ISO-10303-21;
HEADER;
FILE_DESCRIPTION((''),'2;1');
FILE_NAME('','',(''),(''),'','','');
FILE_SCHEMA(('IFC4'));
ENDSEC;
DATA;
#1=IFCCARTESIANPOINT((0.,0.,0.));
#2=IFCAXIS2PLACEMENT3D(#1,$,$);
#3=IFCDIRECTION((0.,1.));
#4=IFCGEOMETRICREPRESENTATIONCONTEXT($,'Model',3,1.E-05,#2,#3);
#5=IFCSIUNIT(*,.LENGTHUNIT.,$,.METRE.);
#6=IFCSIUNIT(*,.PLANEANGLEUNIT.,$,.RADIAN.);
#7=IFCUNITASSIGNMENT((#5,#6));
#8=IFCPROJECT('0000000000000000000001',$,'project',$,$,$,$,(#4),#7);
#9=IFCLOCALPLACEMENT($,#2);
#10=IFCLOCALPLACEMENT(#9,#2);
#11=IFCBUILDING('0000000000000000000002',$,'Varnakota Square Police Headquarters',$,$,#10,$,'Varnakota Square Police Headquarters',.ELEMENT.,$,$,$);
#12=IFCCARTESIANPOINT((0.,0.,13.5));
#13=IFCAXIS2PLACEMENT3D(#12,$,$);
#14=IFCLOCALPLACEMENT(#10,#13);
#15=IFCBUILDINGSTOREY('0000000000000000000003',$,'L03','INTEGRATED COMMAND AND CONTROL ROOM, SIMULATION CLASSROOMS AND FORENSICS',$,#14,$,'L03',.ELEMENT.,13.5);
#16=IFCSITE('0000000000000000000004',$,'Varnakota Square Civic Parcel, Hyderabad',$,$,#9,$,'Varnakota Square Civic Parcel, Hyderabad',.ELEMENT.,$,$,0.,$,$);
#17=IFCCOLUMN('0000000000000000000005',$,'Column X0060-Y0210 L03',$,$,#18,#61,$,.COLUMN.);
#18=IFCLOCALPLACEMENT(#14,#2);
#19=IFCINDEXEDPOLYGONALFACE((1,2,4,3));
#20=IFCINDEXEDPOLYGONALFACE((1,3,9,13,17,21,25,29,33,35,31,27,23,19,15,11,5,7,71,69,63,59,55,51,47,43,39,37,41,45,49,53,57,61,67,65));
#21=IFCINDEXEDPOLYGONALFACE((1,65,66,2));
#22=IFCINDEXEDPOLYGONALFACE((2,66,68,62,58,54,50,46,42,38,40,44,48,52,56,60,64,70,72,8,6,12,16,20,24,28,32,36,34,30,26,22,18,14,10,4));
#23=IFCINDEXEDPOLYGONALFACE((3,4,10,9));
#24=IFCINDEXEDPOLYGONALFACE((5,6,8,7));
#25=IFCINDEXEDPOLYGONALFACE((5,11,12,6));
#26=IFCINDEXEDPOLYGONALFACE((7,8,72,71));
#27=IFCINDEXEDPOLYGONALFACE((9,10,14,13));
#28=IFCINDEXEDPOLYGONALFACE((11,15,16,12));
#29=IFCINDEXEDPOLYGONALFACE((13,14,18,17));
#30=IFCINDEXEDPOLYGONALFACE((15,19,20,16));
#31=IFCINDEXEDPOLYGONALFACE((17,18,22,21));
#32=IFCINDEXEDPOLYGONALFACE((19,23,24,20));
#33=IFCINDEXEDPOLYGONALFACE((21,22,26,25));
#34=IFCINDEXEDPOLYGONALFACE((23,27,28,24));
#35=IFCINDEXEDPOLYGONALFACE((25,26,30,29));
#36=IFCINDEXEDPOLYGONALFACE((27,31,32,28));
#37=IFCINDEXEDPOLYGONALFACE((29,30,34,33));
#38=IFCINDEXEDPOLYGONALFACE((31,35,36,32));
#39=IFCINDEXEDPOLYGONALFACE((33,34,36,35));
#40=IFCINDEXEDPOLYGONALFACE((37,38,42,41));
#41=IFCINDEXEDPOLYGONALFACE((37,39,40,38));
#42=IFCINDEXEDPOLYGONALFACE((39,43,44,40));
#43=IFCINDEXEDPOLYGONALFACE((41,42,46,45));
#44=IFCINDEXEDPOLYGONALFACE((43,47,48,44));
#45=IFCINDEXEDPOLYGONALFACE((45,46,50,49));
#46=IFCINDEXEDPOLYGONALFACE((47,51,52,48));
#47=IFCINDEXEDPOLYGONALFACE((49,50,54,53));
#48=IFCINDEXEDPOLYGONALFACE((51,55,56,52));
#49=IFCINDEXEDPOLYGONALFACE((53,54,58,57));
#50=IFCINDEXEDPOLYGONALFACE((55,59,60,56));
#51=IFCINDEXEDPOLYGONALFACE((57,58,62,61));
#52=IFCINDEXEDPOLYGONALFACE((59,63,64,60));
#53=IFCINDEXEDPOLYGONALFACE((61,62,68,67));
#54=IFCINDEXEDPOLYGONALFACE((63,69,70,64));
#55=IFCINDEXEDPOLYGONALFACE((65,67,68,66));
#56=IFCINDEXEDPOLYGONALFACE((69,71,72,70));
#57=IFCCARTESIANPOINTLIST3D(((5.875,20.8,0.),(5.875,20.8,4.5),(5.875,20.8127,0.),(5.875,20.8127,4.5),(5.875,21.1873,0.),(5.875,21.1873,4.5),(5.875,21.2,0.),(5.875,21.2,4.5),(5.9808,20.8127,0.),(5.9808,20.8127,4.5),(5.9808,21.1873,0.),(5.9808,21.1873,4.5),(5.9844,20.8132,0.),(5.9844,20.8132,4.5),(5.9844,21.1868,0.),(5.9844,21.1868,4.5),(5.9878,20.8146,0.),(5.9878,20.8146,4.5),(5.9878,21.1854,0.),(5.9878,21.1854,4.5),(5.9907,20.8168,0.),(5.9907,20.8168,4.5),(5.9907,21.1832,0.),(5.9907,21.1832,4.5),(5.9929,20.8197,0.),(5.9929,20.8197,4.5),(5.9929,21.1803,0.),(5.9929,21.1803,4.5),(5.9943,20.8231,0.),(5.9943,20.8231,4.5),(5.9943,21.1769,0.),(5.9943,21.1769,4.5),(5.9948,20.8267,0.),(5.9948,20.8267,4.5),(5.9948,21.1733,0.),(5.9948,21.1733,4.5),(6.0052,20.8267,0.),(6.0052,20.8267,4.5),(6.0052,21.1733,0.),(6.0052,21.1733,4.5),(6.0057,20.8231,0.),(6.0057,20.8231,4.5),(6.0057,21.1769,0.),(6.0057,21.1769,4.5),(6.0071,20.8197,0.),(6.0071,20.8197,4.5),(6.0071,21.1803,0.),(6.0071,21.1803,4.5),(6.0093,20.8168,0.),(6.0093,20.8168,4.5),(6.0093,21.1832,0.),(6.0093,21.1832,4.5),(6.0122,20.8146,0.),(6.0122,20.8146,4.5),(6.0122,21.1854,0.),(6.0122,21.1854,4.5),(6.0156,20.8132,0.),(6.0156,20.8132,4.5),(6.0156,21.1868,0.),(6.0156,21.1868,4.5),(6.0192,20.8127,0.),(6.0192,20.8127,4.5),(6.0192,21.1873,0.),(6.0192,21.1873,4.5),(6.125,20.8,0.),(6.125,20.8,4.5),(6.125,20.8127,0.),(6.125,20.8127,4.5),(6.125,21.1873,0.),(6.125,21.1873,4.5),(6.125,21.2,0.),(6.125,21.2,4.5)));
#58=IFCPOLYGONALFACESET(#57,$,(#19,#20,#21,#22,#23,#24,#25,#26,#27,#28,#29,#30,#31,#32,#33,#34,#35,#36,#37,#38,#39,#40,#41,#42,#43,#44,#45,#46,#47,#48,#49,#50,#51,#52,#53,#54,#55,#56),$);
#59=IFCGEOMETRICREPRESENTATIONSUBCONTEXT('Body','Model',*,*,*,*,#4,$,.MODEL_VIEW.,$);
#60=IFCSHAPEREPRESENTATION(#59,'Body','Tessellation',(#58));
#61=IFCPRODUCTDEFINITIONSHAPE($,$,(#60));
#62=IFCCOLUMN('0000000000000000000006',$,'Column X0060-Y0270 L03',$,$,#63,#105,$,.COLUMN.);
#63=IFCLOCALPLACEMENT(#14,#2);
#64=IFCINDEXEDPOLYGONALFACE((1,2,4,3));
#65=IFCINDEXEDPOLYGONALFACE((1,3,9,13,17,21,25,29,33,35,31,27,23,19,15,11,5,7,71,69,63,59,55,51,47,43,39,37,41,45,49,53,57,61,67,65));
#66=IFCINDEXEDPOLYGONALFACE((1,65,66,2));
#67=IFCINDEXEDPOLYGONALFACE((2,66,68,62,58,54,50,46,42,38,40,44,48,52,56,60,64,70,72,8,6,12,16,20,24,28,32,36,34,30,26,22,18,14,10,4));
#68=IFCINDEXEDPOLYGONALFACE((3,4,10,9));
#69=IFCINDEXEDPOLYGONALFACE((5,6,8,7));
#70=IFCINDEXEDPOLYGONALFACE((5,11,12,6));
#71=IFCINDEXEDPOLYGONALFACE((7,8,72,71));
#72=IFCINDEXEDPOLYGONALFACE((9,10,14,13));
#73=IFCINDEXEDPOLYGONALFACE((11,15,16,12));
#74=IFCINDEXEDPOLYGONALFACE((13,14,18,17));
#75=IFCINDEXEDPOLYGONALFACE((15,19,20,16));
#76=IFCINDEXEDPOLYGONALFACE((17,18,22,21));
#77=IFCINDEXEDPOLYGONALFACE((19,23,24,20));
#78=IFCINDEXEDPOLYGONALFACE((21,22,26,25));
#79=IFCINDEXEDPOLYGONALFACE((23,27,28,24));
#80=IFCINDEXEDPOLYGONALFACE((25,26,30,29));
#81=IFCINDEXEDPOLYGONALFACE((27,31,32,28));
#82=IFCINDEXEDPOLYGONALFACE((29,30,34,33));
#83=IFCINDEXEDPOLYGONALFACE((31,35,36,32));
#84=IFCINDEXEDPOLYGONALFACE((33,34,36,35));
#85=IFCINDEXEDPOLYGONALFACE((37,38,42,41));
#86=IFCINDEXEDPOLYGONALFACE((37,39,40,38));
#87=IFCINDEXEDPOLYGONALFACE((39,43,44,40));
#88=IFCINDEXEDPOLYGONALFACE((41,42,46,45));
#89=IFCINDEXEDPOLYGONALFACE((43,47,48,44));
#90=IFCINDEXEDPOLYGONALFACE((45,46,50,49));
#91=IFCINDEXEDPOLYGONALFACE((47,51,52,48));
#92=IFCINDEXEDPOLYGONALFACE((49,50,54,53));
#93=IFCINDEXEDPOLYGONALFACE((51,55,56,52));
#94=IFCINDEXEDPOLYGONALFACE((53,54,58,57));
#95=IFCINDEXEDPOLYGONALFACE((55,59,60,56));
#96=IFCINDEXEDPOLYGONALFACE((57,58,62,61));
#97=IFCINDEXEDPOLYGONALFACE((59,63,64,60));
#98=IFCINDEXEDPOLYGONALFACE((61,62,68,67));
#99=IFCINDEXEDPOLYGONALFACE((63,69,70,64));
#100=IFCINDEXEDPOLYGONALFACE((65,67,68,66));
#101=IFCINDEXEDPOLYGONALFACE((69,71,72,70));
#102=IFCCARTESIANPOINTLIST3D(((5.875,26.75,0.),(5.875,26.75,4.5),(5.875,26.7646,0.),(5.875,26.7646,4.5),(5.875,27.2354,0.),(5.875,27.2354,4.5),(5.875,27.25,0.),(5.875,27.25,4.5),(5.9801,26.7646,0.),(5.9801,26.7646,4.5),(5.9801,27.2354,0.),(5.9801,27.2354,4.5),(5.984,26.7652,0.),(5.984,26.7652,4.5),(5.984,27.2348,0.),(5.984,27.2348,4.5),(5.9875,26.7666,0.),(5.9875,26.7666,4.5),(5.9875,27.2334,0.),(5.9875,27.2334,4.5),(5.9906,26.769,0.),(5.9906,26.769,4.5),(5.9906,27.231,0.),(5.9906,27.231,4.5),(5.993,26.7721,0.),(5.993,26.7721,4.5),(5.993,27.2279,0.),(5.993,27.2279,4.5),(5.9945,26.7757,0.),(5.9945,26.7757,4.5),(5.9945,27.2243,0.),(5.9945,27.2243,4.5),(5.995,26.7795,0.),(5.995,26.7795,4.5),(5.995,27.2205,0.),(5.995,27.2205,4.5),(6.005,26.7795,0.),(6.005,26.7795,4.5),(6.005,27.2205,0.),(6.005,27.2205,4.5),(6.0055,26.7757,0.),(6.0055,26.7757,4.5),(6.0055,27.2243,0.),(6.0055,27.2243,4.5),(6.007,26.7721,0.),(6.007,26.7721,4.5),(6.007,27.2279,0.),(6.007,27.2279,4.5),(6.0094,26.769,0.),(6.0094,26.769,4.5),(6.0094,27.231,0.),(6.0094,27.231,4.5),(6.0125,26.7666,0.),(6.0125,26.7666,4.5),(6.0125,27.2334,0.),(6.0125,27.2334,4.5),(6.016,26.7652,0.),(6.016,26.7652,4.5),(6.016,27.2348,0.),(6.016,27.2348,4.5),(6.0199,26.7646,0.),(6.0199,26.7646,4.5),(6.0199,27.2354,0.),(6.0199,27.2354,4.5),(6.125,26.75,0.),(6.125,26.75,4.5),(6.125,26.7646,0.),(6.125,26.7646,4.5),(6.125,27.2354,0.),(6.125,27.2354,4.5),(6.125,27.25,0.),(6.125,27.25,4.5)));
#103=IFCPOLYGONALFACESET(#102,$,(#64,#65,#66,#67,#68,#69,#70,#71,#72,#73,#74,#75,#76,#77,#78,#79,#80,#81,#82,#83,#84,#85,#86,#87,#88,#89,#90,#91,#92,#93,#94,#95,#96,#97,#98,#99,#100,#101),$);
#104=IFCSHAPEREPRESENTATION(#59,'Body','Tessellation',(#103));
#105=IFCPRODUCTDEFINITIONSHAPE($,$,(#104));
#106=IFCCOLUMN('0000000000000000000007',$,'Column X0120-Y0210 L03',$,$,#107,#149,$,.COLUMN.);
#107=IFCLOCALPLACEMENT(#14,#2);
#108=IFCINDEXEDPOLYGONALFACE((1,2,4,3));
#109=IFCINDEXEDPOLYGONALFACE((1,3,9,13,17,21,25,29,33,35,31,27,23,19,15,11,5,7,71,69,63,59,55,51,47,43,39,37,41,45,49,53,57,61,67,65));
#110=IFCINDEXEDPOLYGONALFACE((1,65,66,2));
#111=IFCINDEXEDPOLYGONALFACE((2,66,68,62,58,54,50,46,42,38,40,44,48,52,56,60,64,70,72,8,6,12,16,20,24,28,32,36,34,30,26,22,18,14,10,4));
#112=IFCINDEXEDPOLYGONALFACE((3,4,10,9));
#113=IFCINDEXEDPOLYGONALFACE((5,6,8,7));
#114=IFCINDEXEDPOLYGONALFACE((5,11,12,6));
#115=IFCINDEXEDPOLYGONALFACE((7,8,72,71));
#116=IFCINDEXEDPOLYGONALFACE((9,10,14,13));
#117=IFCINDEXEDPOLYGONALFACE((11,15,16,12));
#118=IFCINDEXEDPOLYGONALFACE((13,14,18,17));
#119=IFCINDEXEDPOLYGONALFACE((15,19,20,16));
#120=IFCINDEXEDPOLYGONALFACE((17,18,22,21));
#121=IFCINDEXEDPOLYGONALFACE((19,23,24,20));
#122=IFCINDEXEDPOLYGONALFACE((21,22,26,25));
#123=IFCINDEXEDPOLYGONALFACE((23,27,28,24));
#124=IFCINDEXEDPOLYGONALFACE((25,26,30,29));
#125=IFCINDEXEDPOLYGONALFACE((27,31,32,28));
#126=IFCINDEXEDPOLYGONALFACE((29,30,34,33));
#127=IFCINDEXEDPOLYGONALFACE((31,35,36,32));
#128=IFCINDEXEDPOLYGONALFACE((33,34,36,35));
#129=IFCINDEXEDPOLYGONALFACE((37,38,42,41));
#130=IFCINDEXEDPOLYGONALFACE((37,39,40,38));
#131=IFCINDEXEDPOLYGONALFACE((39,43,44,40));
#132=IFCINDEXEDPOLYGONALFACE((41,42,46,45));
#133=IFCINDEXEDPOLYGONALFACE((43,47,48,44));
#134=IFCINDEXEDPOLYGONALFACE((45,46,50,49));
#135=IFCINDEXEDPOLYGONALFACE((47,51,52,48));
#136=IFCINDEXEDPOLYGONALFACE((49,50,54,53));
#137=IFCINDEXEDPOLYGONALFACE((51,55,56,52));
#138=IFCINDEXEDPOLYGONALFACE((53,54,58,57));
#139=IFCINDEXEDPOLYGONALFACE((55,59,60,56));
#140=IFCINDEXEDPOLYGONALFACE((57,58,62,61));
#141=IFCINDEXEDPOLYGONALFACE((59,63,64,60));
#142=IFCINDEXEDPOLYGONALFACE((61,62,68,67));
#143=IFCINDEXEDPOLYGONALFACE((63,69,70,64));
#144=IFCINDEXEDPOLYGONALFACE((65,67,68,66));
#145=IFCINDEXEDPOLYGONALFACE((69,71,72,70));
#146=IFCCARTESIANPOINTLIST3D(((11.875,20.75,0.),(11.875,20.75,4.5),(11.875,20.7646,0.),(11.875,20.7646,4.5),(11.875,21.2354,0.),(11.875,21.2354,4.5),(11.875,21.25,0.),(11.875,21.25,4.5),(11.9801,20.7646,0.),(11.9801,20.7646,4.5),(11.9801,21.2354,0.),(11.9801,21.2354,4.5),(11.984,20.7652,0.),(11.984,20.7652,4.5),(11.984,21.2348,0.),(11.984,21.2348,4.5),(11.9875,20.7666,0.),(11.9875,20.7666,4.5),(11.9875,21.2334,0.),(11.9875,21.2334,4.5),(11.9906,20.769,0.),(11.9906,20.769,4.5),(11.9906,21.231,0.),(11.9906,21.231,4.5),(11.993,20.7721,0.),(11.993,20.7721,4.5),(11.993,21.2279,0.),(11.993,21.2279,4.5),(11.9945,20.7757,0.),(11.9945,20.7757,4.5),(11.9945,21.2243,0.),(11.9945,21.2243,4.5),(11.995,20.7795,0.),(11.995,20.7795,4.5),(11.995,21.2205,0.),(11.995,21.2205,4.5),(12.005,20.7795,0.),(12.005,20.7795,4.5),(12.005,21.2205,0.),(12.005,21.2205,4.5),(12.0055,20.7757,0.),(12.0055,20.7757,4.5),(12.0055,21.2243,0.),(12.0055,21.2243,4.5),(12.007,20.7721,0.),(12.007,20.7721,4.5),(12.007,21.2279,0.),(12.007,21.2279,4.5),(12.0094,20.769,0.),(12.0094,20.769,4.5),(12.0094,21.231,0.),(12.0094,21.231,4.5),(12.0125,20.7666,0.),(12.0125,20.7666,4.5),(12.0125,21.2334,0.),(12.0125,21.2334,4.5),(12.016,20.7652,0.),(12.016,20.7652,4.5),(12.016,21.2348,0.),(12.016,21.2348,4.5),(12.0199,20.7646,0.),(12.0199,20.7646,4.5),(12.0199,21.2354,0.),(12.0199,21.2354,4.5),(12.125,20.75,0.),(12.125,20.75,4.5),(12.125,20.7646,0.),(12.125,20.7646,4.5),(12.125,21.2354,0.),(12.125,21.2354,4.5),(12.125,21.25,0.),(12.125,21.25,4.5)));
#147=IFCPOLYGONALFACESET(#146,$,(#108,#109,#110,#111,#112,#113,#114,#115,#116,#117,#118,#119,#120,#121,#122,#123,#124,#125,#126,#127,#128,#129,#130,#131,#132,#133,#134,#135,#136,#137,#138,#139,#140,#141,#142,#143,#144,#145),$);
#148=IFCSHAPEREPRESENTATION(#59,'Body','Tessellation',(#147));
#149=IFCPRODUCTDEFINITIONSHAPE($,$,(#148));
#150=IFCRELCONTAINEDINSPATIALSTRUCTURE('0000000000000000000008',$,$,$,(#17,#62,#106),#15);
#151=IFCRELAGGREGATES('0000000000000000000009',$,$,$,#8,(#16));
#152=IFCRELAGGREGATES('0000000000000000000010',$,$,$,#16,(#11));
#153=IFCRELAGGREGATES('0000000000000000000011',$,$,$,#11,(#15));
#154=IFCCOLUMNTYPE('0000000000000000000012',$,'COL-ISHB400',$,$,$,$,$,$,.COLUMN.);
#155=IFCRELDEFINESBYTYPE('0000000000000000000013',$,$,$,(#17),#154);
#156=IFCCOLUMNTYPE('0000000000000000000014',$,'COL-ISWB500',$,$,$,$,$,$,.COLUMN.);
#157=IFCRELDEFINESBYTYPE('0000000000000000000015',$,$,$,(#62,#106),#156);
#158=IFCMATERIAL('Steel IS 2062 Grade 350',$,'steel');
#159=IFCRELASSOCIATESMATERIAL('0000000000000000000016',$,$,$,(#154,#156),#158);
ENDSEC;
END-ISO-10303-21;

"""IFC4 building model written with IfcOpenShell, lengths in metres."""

from ifc_helpers import new_model, si_unit, direction, frame, origin, origin_2d, place, context, subcontext, project, spatial, i_section, extrude, material, material_profile, profile_set, type_object, element, save


model = new_model("IFC4")

# Units and contexts
model_context = context("Model", 3, precision=1e-05, world=origin(), true_north=direction((0.0, 1.0)))
body_context = subcontext(model_context, "Body", "Model", "MODEL_VIEW")
ifc_project = project(units=[si_unit("LENGTHUNIT", "METRE"), si_unit("PLANEANGLEUNIT", "RADIAN")], contexts=[model_context])

# Site, building, storey
site_placement = place(None, origin())
site = spatial("IfcSite", under=ifc_project, at=site_placement, Name="Varnakota Square Civic Parcel, Hyderabad", LongName="Varnakota Square Civic Parcel, Hyderabad", CompositionType="ELEMENT", RefElevation=0.0)
building_placement = place(site_placement, origin())
building = spatial("IfcBuilding", under=site, at=building_placement, Name="Varnakota Square Police Headquarters", LongName="Varnakota Square Police Headquarters", CompositionType="ELEMENT")
storey_placement = place(building_placement, frame((0.0, 0.0, 13.5)))
storey = spatial("IfcBuildingStorey", under=building, at=storey_placement, Name="L03", Description="INTEGRATED COMMAND AND CONTROL ROOM, SIMULATION CLASSROOMS AND FORENSICS", LongName="L03", CompositionType="ELEMENT", Elevation=13.5)

# Columns
ifc_material_1 = material(Name="Steel IS 2062 Grade 350", Category="steel")
ifc_material_profile_1 = material_profile(ifc_material_1, i_section(OverallWidth=0.25, OverallDepth=0.3999, WebThickness=0.0105, FlangeThickness=0.0127, FilletRadius=0.0139, at=origin_2d()), Name="ISHB 400")
ifc_profile_set_1 = profile_set([ifc_material_profile_1], Name="Steel IS 2062 Grade 350")
column_type_1 = type_object("IfcColumnType", Name="COL-ISHB400", PredefinedType="COLUMN", material=ifc_profile_set_1)
column_placement = place(storey_placement, frame((6.0, 21.0, 0.0), z_axis=(0.0, 0.0, 1.0), x_axis=(1.0, 0.0, 0.0)))
element("IfcColumn", 1, at=column_placement, inside=storey, type_object=column_type_1, Name="Column X0060-Y0210 L03", PredefinedType="COLUMN", context=body_context, shape_type="SweptSolid", body=[
    extrude(i_section(OverallWidth=0.25, OverallDepth=0.3999, WebThickness=0.0105, FlangeThickness=0.0127, FilletRadius=0.0139, at=origin_2d()), origin(), (0.0, 0.0, 1.0), 4.5),
])
ifc_material_profile_2 = material_profile(ifc_material_1, i_section(OverallWidth=0.25, OverallDepth=0.5, WebThickness=0.01, FlangeThickness=0.0146, FilletRadius=0.0149, at=origin_2d()), Name="ISWB 500")
ifc_profile_set_2 = profile_set([ifc_material_profile_2], Name="Steel IS 2062 Grade 350")
column_type_2 = type_object("IfcColumnType", Name="COL-ISWB500", PredefinedType="COLUMN", material=ifc_profile_set_2)
for number, where, z_axis, x_axis, name in (
    (2, (6.0, 27.0, 0.0), (0.0, 0.0, 1.0), (1.0, 0.0, 0.0), "Column X0060-Y0270 L03"),
    (3, (12.0, 21.0, 0.0), (0.0, 0.0, 1.0), (1.0, 0.0, 0.0), "Column X0120-Y0210 L03"),
):
    element("IfcColumn", number, at=place(storey_placement, frame(where, z_axis=z_axis, x_axis=x_axis)), inside=storey, type_object=column_type_2, Name=name, PredefinedType="COLUMN", context=body_context, shape_type="SweptSolid", body=[
        extrude(i_section(OverallWidth=0.25, OverallDepth=0.5, WebThickness=0.01, FlangeThickness=0.0146, FilletRadius=0.0149, at=origin_2d()), origin(), (0.0, 0.0, 1.0), 4.5),
    ])

save(model, "model.ifc")
